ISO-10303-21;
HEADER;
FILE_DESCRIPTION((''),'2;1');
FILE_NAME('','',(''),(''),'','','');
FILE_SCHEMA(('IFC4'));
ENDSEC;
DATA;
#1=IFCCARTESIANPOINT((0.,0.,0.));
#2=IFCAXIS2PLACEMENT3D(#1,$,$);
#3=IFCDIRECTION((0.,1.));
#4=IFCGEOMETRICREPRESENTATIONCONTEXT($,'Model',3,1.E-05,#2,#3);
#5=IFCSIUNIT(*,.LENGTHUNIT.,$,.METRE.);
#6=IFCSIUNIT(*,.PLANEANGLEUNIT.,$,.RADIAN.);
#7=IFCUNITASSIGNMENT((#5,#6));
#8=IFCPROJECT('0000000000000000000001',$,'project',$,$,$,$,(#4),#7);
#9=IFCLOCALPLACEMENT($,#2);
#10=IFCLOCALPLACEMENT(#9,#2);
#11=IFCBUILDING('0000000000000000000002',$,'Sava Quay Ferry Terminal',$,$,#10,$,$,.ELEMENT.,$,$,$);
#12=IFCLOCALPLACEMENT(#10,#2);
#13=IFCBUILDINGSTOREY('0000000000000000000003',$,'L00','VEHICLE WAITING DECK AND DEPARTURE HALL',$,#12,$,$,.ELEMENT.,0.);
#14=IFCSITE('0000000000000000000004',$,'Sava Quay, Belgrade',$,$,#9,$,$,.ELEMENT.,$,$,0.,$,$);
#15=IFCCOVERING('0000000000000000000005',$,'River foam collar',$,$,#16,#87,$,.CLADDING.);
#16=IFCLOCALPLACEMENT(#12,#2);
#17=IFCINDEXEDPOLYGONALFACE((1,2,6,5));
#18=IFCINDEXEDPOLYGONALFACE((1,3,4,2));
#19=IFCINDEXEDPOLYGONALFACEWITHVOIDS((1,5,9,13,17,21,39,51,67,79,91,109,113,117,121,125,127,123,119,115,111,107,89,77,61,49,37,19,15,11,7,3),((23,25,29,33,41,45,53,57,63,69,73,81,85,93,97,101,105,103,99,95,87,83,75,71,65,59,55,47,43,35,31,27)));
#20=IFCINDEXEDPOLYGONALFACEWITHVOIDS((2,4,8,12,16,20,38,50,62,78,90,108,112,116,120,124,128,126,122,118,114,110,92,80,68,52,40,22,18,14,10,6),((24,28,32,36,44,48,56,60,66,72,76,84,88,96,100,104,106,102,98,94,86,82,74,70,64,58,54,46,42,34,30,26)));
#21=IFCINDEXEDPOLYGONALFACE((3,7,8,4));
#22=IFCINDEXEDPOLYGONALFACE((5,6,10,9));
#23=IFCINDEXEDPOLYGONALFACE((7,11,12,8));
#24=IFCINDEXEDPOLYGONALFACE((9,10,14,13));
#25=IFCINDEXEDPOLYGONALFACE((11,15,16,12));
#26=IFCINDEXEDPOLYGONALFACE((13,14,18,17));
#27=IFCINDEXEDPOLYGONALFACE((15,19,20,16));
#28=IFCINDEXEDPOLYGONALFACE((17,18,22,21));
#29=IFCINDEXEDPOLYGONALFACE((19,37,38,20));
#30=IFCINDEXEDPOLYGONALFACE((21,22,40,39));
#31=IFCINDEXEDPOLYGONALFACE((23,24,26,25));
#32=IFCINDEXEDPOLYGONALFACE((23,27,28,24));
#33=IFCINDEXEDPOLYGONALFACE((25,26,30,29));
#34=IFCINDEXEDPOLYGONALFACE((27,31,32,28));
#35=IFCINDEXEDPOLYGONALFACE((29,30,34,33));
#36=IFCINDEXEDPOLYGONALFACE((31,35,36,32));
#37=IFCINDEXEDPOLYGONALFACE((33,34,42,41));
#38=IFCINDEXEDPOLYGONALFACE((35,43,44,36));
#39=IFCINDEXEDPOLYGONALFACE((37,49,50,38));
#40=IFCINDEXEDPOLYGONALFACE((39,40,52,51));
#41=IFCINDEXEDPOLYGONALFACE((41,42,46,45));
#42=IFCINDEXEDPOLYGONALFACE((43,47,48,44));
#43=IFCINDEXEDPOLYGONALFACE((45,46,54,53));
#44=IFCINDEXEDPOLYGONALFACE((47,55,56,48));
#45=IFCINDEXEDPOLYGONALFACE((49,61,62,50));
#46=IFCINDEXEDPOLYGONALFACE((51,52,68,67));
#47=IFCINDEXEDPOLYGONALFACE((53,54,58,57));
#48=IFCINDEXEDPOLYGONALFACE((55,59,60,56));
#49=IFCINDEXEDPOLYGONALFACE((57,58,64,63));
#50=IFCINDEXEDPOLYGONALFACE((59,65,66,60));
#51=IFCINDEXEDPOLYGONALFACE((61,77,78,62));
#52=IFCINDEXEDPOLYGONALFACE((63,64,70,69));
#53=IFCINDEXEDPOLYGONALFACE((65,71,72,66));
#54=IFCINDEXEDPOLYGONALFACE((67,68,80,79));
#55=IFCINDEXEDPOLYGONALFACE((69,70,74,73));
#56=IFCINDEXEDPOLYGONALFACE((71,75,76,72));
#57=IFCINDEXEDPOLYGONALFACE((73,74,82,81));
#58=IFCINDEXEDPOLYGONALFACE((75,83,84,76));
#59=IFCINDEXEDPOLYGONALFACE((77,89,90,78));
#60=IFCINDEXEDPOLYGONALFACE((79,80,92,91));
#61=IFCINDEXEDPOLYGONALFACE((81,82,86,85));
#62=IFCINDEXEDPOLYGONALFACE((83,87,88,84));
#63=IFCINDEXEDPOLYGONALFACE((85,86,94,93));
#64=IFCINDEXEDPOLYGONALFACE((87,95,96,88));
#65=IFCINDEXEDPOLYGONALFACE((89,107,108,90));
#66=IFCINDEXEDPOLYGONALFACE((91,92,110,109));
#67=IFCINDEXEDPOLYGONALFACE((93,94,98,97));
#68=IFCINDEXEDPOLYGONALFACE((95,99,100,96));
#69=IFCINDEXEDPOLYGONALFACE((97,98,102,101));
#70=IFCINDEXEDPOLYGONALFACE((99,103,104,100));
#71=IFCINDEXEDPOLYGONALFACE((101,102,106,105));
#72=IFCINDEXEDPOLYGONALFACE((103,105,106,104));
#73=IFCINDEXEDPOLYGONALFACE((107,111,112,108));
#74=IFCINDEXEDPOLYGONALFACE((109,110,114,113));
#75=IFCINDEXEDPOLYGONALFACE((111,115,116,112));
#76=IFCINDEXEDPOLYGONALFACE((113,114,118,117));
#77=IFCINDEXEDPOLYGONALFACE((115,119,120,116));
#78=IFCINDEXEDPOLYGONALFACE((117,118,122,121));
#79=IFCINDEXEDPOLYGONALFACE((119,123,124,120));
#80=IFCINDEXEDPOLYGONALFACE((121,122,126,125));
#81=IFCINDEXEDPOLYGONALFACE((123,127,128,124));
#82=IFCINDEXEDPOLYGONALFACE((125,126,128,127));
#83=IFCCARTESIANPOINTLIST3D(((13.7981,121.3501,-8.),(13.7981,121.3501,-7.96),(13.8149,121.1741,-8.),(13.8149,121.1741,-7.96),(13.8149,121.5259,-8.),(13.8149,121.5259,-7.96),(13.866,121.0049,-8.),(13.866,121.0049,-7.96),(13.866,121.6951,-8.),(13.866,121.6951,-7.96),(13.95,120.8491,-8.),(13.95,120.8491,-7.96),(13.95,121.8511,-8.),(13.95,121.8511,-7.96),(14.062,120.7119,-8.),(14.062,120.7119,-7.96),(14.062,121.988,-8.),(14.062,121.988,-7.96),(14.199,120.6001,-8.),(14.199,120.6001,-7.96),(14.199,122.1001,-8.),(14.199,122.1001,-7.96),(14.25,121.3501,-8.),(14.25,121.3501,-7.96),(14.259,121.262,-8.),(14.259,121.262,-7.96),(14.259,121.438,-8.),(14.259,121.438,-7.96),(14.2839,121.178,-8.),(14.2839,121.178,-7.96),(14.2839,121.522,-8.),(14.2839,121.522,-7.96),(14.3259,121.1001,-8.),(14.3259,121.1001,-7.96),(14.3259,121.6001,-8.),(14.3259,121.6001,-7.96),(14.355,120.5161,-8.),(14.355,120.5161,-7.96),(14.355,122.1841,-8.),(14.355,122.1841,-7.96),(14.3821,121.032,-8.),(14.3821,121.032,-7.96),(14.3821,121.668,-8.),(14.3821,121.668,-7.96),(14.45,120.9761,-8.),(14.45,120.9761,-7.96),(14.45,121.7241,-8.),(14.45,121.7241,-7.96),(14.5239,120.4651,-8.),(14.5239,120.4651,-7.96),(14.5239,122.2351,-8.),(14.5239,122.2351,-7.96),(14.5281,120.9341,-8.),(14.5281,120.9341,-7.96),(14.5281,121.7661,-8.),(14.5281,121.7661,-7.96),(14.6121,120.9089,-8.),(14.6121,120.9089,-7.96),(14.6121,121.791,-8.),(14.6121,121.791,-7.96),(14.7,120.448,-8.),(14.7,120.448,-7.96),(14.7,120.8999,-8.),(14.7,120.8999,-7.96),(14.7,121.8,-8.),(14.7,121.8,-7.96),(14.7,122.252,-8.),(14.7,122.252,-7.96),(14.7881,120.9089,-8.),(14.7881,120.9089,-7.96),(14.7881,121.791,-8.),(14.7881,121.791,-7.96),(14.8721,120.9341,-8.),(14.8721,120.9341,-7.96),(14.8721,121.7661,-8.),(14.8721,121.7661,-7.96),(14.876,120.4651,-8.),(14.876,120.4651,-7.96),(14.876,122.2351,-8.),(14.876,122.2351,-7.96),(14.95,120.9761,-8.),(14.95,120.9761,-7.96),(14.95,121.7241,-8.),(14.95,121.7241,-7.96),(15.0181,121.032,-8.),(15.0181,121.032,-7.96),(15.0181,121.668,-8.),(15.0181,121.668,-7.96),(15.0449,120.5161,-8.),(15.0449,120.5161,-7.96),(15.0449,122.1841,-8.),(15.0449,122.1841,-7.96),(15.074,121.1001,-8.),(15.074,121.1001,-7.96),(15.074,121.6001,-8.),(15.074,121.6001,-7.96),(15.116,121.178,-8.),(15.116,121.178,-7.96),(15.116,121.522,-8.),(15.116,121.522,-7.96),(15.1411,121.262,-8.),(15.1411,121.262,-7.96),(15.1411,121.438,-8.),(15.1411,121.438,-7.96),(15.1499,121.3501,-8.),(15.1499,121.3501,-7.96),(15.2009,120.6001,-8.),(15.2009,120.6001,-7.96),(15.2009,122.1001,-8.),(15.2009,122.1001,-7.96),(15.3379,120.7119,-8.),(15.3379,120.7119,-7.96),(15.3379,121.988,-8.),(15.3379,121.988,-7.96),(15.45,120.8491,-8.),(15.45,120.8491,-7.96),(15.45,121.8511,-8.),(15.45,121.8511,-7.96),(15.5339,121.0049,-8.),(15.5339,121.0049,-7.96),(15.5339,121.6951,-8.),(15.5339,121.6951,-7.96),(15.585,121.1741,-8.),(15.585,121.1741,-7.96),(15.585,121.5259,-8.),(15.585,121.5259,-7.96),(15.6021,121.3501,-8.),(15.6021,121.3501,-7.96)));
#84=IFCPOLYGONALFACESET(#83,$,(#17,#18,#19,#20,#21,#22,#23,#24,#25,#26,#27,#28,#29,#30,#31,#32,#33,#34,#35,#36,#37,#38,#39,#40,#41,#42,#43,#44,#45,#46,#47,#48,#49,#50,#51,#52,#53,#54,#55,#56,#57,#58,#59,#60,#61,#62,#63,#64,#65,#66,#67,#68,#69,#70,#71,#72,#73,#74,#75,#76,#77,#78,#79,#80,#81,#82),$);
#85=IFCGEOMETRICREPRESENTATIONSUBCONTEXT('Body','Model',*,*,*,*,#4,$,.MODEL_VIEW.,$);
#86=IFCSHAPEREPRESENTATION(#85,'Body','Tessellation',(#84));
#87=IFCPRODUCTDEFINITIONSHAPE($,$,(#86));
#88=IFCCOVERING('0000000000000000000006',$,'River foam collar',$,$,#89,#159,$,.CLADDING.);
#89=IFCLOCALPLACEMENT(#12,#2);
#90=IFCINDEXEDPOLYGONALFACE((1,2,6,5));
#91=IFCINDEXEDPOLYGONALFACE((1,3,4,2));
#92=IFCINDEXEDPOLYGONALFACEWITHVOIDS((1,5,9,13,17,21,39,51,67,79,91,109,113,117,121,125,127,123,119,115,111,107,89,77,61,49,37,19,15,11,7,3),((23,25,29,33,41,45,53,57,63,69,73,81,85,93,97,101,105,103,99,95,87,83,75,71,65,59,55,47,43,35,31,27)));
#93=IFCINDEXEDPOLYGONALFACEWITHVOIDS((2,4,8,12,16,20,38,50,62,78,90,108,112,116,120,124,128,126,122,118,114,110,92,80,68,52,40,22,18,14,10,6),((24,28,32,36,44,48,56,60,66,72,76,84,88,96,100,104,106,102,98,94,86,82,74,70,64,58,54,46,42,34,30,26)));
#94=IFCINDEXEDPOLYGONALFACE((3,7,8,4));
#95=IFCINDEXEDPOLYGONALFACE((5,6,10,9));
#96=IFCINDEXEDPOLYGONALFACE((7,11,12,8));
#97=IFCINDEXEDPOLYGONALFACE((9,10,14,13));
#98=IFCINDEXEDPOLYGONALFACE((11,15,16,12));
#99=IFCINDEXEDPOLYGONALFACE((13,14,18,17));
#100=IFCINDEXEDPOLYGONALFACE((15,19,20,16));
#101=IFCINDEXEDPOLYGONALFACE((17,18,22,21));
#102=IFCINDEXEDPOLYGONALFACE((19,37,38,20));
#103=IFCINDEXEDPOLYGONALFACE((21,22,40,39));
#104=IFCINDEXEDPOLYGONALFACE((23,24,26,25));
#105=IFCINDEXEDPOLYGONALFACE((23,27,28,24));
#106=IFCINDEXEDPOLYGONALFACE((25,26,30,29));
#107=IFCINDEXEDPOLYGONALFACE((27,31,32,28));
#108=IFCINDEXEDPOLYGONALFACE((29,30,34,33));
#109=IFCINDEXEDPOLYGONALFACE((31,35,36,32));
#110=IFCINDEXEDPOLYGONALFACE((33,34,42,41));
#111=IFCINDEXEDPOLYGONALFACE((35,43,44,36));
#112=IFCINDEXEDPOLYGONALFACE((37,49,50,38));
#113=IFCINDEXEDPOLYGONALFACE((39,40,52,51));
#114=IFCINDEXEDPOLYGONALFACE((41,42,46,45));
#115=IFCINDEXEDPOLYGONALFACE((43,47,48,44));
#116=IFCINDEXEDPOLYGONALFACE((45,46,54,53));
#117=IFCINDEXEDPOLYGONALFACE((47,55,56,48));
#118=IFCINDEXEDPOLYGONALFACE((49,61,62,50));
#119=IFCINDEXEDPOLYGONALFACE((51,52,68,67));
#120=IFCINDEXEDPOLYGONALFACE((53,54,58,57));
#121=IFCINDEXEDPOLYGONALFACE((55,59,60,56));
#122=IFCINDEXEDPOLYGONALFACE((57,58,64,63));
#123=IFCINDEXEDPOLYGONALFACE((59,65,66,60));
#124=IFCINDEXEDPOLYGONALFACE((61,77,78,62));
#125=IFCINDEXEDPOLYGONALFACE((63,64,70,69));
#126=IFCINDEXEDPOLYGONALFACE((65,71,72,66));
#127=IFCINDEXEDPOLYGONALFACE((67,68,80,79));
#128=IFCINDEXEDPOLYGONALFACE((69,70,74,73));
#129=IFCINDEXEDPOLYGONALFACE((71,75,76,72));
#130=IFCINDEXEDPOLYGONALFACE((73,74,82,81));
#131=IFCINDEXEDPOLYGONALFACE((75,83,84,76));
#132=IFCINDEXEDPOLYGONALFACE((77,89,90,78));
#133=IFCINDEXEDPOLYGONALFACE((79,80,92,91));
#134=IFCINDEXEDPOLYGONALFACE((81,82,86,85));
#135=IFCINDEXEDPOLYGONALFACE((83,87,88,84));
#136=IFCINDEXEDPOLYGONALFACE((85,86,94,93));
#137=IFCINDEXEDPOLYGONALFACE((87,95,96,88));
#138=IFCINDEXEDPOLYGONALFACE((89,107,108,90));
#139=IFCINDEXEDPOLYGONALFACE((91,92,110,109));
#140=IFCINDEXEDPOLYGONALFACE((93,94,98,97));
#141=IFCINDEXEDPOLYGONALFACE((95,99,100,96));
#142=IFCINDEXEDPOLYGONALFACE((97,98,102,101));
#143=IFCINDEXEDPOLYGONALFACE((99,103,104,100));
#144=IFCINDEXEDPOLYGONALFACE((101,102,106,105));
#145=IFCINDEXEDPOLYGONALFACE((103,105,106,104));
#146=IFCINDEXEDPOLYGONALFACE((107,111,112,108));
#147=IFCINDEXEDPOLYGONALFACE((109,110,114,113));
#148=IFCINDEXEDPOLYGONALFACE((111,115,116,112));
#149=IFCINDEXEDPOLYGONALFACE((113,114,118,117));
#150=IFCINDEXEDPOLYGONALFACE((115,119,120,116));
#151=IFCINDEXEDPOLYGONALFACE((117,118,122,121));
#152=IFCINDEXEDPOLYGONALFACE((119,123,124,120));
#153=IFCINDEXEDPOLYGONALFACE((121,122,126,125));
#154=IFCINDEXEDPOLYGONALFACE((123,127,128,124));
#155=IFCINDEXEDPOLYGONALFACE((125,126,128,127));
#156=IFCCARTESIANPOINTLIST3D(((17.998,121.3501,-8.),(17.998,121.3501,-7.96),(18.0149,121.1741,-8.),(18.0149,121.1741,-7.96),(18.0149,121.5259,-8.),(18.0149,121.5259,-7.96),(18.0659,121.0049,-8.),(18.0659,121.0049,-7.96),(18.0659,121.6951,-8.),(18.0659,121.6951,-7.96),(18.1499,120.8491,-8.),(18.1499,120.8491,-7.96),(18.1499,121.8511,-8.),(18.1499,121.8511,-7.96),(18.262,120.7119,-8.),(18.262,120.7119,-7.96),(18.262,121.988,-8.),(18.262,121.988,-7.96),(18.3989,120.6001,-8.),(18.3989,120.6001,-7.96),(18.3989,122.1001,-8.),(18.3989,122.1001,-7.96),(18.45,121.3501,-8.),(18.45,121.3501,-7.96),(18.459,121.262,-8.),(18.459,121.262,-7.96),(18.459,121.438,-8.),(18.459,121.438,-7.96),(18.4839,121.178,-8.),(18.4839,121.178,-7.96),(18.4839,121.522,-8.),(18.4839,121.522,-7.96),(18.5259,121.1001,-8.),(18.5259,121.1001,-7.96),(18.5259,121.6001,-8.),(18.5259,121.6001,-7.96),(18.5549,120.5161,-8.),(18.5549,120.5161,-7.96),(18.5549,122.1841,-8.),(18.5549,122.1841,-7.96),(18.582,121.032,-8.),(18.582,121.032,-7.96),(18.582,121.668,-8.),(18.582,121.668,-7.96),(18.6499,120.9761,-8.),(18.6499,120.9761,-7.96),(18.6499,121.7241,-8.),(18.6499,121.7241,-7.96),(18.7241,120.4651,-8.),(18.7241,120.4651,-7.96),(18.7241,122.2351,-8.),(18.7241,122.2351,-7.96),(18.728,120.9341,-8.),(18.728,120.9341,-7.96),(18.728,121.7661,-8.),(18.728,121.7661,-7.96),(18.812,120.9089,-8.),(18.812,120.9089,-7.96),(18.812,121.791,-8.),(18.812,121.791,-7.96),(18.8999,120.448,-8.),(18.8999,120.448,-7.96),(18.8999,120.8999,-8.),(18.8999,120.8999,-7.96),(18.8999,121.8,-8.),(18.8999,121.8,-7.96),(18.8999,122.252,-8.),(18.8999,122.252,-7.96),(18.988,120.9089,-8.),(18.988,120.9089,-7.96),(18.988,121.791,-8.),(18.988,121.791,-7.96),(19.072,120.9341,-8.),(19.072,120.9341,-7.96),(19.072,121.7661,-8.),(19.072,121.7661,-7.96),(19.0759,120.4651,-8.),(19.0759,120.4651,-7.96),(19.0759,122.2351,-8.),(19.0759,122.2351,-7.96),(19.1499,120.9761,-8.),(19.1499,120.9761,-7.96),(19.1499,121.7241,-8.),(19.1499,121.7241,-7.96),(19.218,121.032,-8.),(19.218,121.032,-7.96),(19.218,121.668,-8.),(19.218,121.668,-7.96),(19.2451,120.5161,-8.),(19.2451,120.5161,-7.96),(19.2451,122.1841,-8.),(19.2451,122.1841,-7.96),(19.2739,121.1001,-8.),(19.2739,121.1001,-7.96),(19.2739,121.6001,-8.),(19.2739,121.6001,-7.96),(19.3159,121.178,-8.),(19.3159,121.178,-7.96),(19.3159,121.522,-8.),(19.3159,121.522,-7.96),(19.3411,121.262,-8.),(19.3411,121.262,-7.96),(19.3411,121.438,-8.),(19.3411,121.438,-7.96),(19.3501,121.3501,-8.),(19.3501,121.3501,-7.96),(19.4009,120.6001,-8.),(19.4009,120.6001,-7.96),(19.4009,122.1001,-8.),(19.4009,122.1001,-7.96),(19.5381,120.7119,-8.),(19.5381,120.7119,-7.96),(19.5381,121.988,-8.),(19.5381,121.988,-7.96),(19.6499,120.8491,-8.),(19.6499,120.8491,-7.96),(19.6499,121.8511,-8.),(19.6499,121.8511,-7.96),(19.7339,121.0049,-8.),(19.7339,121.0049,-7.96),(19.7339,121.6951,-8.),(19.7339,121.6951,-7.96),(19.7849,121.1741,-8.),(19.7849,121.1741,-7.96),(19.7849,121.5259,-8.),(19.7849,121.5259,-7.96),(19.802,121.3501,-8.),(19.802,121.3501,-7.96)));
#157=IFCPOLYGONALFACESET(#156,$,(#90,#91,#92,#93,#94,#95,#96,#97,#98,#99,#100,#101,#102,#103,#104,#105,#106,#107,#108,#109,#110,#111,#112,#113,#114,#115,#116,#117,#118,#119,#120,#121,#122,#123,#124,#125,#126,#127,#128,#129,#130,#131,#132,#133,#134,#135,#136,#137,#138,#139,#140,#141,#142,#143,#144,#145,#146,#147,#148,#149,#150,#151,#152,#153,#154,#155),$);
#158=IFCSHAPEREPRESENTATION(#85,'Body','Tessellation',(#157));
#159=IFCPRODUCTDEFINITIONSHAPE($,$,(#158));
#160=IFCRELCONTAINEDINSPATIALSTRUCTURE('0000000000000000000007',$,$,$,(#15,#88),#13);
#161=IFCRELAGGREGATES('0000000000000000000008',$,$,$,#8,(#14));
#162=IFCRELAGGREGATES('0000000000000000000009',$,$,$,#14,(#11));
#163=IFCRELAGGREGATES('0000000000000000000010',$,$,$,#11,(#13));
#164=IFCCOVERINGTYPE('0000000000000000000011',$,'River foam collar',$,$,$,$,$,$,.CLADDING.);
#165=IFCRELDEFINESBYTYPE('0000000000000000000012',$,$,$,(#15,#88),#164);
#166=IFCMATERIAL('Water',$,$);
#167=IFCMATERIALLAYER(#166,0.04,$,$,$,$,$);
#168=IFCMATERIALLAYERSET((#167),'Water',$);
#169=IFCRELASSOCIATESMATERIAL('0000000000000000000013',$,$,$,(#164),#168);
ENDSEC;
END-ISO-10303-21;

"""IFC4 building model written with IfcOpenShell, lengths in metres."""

from ifc_helpers import new_model, si_unit, direction, frame, origin, place, context, subcontext, project, spatial, polyline, outline, extrude, material, layer, layer_set, type_object, element, save


model = new_model("IFC4")

# Units and contexts
model_context = context("Model", 3, precision=1e-05, world=origin(), true_north=direction((0.0, 1.0)))
body_context = subcontext(model_context, "Body", "Model", "MODEL_VIEW")
ifc_project = project(units=[si_unit("LENGTHUNIT", "METRE"), si_unit("PLANEANGLEUNIT", "RADIAN")], contexts=[model_context])

# Site, building, storey
site_placement = place(None, origin())
site = spatial("IfcSite", under=ifc_project, at=site_placement, Name="Sava Quay, Belgrade", CompositionType="ELEMENT", RefElevation=0.0)
building_placement = place(site_placement, origin())
building = spatial("IfcBuilding", under=site, at=building_placement, Name="Sava Quay Ferry Terminal", CompositionType="ELEMENT")
storey_placement = place(building_placement, origin())
storey = spatial("IfcBuildingStorey", under=building, at=storey_placement, Name="L00", Description="VEHICLE WAITING DECK AND DEPARTURE HALL", CompositionType="ELEMENT", Elevation=0.0)

# Coverings
ifc_material = material(Name="Water")
ifc_layer = layer(ifc_material, 0.04)
ifc_layer_set = layer_set([ifc_layer], Name="Water")
covering_type = type_object("IfcCoveringType", Name="River foam collar", PredefinedType="CLADDING", material=ifc_layer_set)
covering_1_placement = place(storey_placement, frame((0.0, 0.0, -8.0)))
element("IfcCovering", 1, at=covering_1_placement, inside=storey, type_object=covering_type, Name="River foam collar", PredefinedType="CLADDING", context=body_context, shape_type="SweptSolid", body=[
    extrude(outline(polyline([(13.8149, 121.5259), (13.7981, 121.3501), (13.8149, 121.1741), (13.866, 121.0049), (13.95, 120.8491), (14.062, 120.7119), (14.199, 120.6001), (14.355, 120.5161), (14.5239, 120.4651), (14.7, 120.448), (14.876, 120.4651), (15.0449, 120.5161), (15.2009, 120.6001), (15.3379, 120.7119), (15.45, 120.8491), (15.5339, 121.0049), (15.585, 121.1741), (15.6021, 121.3501), (15.585, 121.5259), (15.5339, 121.6951), (15.45, 121.8511), (15.3379, 121.988), (15.2009, 122.1001), (15.0449, 122.1841), (14.876, 122.2351), (14.7, 122.252), (14.5239, 122.2351), (14.355, 122.1841), (14.199, 122.1001), (14.062, 121.988), (13.95, 121.8511), (13.866, 121.6951), (13.8149, 121.5259)]), holes=[polyline([(14.259, 121.262), (14.25, 121.3501), (14.259, 121.438), (14.2839, 121.522), (14.3259, 121.6001), (14.3821, 121.668), (14.45, 121.7241), (14.5281, 121.7661), (14.6121, 121.791), (14.7, 121.8), (14.7881, 121.791), (14.8721, 121.7661), (14.95, 121.7241), (15.0181, 121.668), (15.074, 121.6001), (15.116, 121.522), (15.1411, 121.438), (15.1499, 121.3501), (15.1411, 121.262), (15.116, 121.178), (15.074, 121.1001), (15.0181, 121.032), (14.95, 120.9761), (14.8721, 120.9341), (14.7881, 120.9089), (14.7, 120.8999), (14.6121, 120.9089), (14.5281, 120.9341), (14.45, 120.9761), (14.3821, 121.032), (14.3259, 121.1001), (14.2839, 121.178), (14.259, 121.262)])]), origin(), (0.0, 0.0, 1.0), 0.04),
])
covering_2_placement = place(storey_placement, frame((0.0, 0.0, -8.0)))
element("IfcCovering", 2, at=covering_2_placement, inside=storey, type_object=covering_type, Name="River foam collar", PredefinedType="CLADDING", context=body_context, shape_type="SweptSolid", body=[
    extrude(outline(polyline([(18.0659, 121.6951), (18.0149, 121.5259), (17.998, 121.3501), (18.0149, 121.1741), (18.0659, 121.0049), (18.1499, 120.8491), (18.262, 120.7119), (18.3989, 120.6001), (18.5549, 120.5161), (18.7241, 120.4651), (18.8999, 120.448), (19.0759, 120.4651), (19.2451, 120.5161), (19.4009, 120.6001), (19.5381, 120.7119), (19.6499, 120.8491), (19.7339, 121.0049), (19.7849, 121.1741), (19.802, 121.3501), (19.7849, 121.5259), (19.7339, 121.6951), (19.6499, 121.8511), (19.5381, 121.988), (19.4009, 122.1001), (19.2451, 122.1841), (19.0759, 122.2351), (18.8999, 122.252), (18.7241, 122.2351), (18.5549, 122.1841), (18.3989, 122.1001), (18.262, 121.988), (18.1499, 121.8511), (18.0659, 121.6951)]), holes=[polyline([(18.4839, 121.178), (18.459, 121.262), (18.45, 121.3501), (18.459, 121.438), (18.4839, 121.522), (18.5259, 121.6001), (18.582, 121.668), (18.6499, 121.7241), (18.728, 121.7661), (18.812, 121.791), (18.8999, 121.8), (18.988, 121.791), (19.072, 121.7661), (19.1499, 121.7241), (19.218, 121.668), (19.2739, 121.6001), (19.3159, 121.522), (19.3411, 121.438), (19.3501, 121.3501), (19.3411, 121.262), (19.3159, 121.178), (19.2739, 121.1001), (19.218, 121.032), (19.1499, 120.9761), (19.072, 120.9341), (18.988, 120.9089), (18.8999, 120.8999), (18.812, 120.9089), (18.728, 120.9341), (18.6499, 120.9761), (18.582, 121.032), (18.5259, 121.1001), (18.4839, 121.178)])]), origin(), (0.0, 0.0, 1.0), 0.04),
])

save(model, "model.ifc")
